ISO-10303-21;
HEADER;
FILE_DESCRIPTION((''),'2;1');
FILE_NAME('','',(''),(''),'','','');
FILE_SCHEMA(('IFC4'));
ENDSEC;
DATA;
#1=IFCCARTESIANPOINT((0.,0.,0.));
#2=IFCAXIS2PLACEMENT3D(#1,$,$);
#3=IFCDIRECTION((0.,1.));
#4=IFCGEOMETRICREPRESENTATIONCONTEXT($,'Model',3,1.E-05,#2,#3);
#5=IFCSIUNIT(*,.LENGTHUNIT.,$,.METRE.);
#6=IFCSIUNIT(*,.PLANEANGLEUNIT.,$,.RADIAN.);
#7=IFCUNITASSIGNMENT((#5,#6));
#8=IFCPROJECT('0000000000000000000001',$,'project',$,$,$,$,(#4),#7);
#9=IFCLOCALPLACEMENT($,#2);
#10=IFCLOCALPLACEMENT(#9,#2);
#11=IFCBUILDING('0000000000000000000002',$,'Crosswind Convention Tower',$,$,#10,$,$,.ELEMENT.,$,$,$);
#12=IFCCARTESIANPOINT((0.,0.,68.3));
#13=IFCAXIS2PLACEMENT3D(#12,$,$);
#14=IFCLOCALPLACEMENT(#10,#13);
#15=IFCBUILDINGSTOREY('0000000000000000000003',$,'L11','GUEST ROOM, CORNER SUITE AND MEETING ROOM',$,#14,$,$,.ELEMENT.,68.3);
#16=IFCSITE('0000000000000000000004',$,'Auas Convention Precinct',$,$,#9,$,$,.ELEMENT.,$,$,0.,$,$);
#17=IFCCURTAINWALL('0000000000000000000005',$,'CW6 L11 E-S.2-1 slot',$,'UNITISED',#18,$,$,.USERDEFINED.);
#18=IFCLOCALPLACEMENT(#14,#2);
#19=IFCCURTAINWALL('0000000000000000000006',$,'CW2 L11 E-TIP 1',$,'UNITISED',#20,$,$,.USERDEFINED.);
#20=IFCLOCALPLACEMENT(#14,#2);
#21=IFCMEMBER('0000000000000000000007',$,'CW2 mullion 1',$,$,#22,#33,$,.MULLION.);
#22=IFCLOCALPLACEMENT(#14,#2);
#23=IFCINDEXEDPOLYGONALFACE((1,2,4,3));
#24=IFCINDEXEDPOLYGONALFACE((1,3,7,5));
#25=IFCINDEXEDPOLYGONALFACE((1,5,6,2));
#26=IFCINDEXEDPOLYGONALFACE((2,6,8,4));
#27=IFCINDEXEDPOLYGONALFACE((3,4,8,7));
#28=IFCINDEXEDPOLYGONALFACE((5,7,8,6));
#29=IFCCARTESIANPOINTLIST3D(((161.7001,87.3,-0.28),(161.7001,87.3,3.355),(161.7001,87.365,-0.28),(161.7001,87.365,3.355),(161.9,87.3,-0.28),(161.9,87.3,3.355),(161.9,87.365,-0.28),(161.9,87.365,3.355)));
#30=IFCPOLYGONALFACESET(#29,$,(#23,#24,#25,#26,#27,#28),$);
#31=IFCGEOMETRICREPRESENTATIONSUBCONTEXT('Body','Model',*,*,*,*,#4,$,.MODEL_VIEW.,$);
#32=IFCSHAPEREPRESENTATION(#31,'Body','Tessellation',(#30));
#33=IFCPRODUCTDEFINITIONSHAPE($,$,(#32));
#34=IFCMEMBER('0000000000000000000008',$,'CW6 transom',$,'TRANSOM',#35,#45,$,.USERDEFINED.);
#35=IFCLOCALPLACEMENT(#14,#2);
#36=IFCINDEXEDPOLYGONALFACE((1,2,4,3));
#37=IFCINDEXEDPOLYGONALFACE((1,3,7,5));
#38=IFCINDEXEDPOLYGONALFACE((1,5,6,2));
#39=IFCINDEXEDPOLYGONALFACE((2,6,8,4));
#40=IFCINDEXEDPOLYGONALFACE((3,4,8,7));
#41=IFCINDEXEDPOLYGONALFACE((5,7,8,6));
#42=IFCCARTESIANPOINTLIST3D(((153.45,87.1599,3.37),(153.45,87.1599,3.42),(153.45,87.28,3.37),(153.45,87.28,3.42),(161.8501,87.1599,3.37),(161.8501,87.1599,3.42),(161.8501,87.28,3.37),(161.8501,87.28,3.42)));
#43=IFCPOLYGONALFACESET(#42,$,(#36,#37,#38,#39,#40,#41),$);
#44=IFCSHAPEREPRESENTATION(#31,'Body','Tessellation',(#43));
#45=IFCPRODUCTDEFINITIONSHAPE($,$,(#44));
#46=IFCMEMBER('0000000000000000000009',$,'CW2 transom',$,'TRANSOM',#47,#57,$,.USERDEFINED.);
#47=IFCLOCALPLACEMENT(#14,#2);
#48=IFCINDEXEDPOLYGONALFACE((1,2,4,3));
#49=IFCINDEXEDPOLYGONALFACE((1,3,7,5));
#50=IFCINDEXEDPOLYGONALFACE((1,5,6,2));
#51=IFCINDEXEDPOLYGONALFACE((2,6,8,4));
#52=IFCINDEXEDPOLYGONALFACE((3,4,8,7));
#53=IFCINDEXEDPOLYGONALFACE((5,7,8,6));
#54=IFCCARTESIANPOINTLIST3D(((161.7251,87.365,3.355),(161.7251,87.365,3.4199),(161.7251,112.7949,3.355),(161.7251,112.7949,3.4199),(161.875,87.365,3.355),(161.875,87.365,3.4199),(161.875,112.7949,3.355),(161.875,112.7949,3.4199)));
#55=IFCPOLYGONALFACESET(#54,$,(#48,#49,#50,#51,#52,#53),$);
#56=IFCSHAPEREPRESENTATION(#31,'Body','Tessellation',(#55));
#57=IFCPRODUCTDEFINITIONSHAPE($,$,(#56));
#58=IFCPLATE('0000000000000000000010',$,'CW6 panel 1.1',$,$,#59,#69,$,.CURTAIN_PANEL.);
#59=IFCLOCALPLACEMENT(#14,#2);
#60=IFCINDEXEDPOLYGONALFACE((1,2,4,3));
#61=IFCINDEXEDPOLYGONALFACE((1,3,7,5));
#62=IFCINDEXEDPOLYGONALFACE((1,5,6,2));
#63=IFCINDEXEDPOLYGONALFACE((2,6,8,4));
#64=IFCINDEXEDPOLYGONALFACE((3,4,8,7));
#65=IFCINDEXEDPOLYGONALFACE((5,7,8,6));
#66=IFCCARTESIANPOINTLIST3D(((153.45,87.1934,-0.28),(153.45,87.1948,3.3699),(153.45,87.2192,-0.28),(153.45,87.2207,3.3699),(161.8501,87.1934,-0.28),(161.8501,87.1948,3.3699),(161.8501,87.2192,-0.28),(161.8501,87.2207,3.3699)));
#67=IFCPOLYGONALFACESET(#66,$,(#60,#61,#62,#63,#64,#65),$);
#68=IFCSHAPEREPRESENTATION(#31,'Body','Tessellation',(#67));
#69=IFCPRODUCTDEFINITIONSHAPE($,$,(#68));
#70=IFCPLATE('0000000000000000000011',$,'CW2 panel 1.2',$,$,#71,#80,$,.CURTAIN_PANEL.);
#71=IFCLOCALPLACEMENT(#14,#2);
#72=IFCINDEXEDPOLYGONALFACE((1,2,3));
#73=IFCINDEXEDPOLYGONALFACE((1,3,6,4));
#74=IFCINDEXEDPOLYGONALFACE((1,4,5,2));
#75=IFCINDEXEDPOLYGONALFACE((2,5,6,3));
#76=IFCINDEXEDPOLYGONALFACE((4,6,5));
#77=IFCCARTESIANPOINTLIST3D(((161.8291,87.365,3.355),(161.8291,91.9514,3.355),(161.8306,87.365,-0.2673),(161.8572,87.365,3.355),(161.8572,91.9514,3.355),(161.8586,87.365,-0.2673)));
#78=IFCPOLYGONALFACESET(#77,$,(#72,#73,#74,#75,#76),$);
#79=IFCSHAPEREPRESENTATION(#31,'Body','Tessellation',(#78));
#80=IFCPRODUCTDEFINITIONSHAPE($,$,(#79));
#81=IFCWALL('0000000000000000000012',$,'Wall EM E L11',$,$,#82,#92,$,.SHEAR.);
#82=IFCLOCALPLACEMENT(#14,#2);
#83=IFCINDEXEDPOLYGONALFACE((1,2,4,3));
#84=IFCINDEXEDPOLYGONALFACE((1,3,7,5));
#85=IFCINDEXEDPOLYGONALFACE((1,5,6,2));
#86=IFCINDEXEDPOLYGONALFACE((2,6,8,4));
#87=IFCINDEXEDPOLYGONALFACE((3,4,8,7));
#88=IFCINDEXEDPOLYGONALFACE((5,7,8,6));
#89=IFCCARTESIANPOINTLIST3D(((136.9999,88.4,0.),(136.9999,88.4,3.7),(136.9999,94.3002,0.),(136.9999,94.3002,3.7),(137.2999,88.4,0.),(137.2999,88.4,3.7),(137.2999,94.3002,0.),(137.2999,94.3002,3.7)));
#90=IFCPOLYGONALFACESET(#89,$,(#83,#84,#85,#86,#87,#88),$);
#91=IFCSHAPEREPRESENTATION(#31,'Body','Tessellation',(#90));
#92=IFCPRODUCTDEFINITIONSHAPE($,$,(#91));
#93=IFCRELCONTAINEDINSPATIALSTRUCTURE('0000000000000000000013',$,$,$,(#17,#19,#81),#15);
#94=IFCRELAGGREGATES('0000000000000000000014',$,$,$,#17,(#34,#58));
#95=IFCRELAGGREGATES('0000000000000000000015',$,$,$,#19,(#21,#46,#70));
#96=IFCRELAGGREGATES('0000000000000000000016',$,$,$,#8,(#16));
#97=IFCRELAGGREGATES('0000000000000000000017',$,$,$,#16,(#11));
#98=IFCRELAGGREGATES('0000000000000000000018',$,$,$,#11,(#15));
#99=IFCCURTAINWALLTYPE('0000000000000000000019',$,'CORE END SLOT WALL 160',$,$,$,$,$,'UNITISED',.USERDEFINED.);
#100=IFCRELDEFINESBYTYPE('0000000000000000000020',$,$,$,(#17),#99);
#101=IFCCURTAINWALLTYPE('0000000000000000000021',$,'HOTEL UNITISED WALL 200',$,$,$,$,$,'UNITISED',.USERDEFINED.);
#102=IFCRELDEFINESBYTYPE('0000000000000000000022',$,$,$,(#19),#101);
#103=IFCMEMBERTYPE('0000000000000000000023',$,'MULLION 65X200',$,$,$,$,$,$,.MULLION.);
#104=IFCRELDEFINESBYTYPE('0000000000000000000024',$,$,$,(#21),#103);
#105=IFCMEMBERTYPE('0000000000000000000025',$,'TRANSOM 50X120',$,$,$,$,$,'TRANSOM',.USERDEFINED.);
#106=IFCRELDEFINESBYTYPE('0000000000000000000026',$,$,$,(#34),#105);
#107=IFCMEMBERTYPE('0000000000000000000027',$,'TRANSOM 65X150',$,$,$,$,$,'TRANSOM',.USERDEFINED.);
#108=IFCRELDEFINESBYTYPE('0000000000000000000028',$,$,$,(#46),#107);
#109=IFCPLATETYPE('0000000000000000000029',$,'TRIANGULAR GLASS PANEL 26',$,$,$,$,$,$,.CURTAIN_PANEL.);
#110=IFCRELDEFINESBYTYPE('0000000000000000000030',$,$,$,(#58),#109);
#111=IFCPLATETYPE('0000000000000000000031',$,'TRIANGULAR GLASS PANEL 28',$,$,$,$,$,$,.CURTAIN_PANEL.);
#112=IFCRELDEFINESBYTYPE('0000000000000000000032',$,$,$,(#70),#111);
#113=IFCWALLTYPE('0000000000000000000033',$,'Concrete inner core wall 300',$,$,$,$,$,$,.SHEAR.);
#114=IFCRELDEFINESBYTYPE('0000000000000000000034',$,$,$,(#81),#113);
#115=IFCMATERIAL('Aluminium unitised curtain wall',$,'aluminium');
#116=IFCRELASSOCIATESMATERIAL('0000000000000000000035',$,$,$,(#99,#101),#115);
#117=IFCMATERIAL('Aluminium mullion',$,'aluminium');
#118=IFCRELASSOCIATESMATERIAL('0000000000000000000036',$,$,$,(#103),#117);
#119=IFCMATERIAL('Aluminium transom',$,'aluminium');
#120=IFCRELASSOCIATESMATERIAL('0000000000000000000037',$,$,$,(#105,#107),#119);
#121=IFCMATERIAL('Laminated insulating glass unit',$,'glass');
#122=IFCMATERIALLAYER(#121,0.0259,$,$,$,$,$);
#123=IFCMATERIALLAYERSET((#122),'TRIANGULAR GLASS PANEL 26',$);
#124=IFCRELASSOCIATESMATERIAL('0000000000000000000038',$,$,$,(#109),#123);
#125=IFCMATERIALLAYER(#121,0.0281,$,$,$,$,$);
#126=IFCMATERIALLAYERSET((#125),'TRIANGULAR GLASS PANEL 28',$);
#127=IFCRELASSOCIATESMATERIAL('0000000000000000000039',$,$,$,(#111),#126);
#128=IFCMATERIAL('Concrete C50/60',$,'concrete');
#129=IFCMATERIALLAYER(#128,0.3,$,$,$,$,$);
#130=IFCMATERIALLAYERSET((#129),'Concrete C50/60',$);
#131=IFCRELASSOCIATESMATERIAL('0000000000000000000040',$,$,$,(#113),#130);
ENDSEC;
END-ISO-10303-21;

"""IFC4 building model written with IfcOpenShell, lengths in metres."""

from ifc_helpers import new_model, si_unit, direction, frame, frame_2d, origin, origin_2d, place, context, subcontext, project, spatial, polyline, rectangle, outline, extrude, material, layer, layer_set, material_profile, profile_set, type_object, element, aggregate, save


model = new_model("IFC4")

# Units and contexts
model_context = context("Model", 3, precision=1e-05, world=origin(), true_north=direction((0.0, 1.0)))
body_context = subcontext(model_context, "Body", "Model", "MODEL_VIEW")
ifc_project = project(units=[si_unit("LENGTHUNIT", "METRE"), si_unit("PLANEANGLEUNIT", "RADIAN")], contexts=[model_context])

# Site, building, storey
site_placement = place(None, origin())
site = spatial("IfcSite", under=ifc_project, at=site_placement, Name="Auas Convention Precinct", CompositionType="ELEMENT", RefElevation=0.0)
building_placement = place(site_placement, origin())
building = spatial("IfcBuilding", under=site, at=building_placement, Name="Crosswind Convention Tower", CompositionType="ELEMENT")
storey_placement = place(building_placement, frame((0.0, 0.0, 68.3)))
storey = spatial("IfcBuildingStorey", under=building, at=storey_placement, Name="L11", Description="GUEST ROOM, CORNER SUITE AND MEETING ROOM", CompositionType="ELEMENT", Elevation=68.3)

# Curtain wall
ifc_material_1 = material(Name="Aluminium unitised curtain wall", Category="aluminium")
curtain_wall_type_1 = type_object("IfcCurtainWallType", Name="CORE END SLOT WALL 160", ElementType="UNITISED", PredefinedType="USERDEFINED", material=ifc_material_1)
curtain_wall_1_placement = place(storey_placement, origin())
curtain_wall_1 = element("IfcCurtainWall", 1, at=curtain_wall_1_placement, inside=storey, type_object=curtain_wall_type_1, Name="CW6 L11 E-S.2-1 slot", ObjectType="UNITISED", PredefinedType="USERDEFINED")
ifc_material_2 = material(Name="Aluminium mullion", Category="aluminium")

# Curtain wall, member
curtain_wall_type_2 = type_object("IfcCurtainWallType", Name="HOTEL UNITISED WALL 200", ElementType="UNITISED", PredefinedType="USERDEFINED", material=ifc_material_1)
curtain_wall_2_placement = place(storey_placement, origin())
curtain_wall_2 = element("IfcCurtainWall", 2, at=curtain_wall_2_placement, inside=storey, type_object=curtain_wall_type_2, Name="CW2 L11 E-TIP 1", ObjectType="UNITISED", PredefinedType="USERDEFINED")
ifc_material_profile_1 = material_profile(ifc_material_2, rectangle(XDim=0.2, YDim=0.0649, at=origin_2d()), Name="AL 200X65")
ifc_profile_set_1 = profile_set([ifc_material_profile_1], Name="Aluminium mullion")
member_type_1 = type_object("IfcMemberType", Name="MULLION 65X200", PredefinedType="MULLION", material=ifc_profile_set_1)
member_1_placement = place(storey_placement, frame((161.8, 87.3325, -0.28), z_axis=(0.0, 0.0, 1.0), x_axis=(1.0, 0.0, 0.0)))
member_1 = element("IfcMember", 3, at=member_1_placement, type_object=member_type_1, Name="CW2 mullion 1", PredefinedType="MULLION", context=body_context, shape_type="SweptSolid", body=[
    extrude(rectangle(XDim=0.2, YDim=0.0649, at=origin_2d()), origin(), (0.0, 0.0, 1.0), 3.635),
])

# Members
ifc_material_3 = material(Name="Aluminium transom", Category="aluminium")
ifc_material_profile_2 = material_profile(ifc_material_3, rectangle(XDim=0.1201, YDim=0.05, at=origin_2d()), Name="AL 120X50")
ifc_profile_set_2 = profile_set([ifc_material_profile_2], Name="Aluminium transom")
member_type_2 = type_object("IfcMemberType", Name="TRANSOM 50X120", ElementType="TRANSOM", PredefinedType="USERDEFINED", material=ifc_profile_set_2)
member_2_placement = place(storey_placement, frame((153.45, 87.22, 3.395), z_axis=(1.0, 0.0, 0.0), x_axis=(0.0, 1.0, 0.0)))
member_2 = element("IfcMember", 4, at=member_2_placement, type_object=member_type_2, Name="CW6 transom", ObjectType="TRANSOM", PredefinedType="USERDEFINED", context=body_context, shape_type="SweptSolid", body=[
    extrude(rectangle(XDim=0.1201, YDim=0.05, at=origin_2d()), origin(), (0.0, 0.0, 1.0), 8.4001),
])
ifc_material_profile_3 = material_profile(ifc_material_3, rectangle(XDim=0.1499, YDim=0.0649, at=origin_2d()), Name="AL 150X65")
ifc_profile_set_3 = profile_set([ifc_material_profile_3], Name="Aluminium transom")
member_type_3 = type_object("IfcMemberType", Name="TRANSOM 65X150", ElementType="TRANSOM", PredefinedType="USERDEFINED", material=ifc_profile_set_3)
member_3_placement = place(storey_placement, frame((161.8, 87.365, 3.3875), z_axis=(0.0, 1.0, 0.0), x_axis=(-1.0, 0.0, 0.0)))
member_3 = element("IfcMember", 5, at=member_3_placement, type_object=member_type_3, Name="CW2 transom", ObjectType="TRANSOM", PredefinedType="USERDEFINED", context=body_context, shape_type="SweptSolid", body=[
    extrude(rectangle(XDim=0.1499, YDim=0.0649, at=origin_2d()), origin(), (0.0, 0.0, 1.0), 25.4299),
])

# Plates
ifc_material_4 = material(Name="Laminated insulating glass unit", Category="glass")
ifc_layer_1 = layer(ifc_material_4, 0.0259)
ifc_layer_set_1 = layer_set([ifc_layer_1], Name="TRIANGULAR GLASS PANEL 26")
plate_type_1 = type_object("IfcPlateType", Name="TRIANGULAR GLASS PANEL 26", PredefinedType="CURTAIN_PANEL", material=ifc_layer_set_1)
plate_1_placement = place(storey_placement, frame((153.45, 87.1934, -0.28), z_axis=(0.0, -1.0, 0.000401), x_axis=(1.0, 0.0, 0.0)))
plate_1 = element("IfcPlate", 6, at=plate_1_placement, type_object=plate_type_1, Name="CW6 panel 1.1", PredefinedType="CURTAIN_PANEL", context=body_context, shape_type="SweptSolid", body=[
    extrude(outline(polyline([(0.0, 0.0), (8.4001, 0.0), (8.4001, 3.6499), (0.0, 3.6499), (0.0, 0.0)])), origin(), (0.0, 0.0, -1.0), 0.0259),
])
aggregate(curtain_wall_1, [member_2, plate_1])
ifc_layer_2 = layer(ifc_material_4, 0.0281)
ifc_layer_set_2 = layer_set([ifc_layer_2], Name="TRIANGULAR GLASS PANEL 28")
plate_type_2 = type_object("IfcPlateType", Name="TRIANGULAR GLASS PANEL 28", PredefinedType="CURTAIN_PANEL", material=ifc_layer_set_2)
plate_2_placement = place(storey_placement, frame((161.8572, 87.365, 3.355), z_axis=(1.0, 0.0, 0.000404), x_axis=(0.000404, 0.0, -1.0)))
plate_2 = element("IfcPlate", 7, at=plate_2_placement, type_object=plate_type_2, Name="CW2 panel 1.2", PredefinedType="CURTAIN_PANEL", context=body_context, shape_type="SweptSolid", body=[
    extrude(outline(polyline([(0.0, 0.0), (3.6223, 0.0), (0.0, 4.5864), (0.0, 0.0)])), origin(), (0.0, 0.0, -1.0), 0.0281),
])

# Wall
ifc_material_5 = material(Name="Concrete C50/60", Category="concrete")
ifc_layer_3 = layer(ifc_material_5, 0.3)
ifc_layer_set_3 = layer_set([ifc_layer_3], Name="Concrete C50/60")
wall_type_1 = type_object("IfcWallType", Name="Concrete inner core wall 300", PredefinedType="SHEAR", material=ifc_layer_set_3)
wall_1_placement = place(storey_placement, frame((137.1499, 88.3999, 0.0), z_axis=(0.0, 0.0, 1.0), x_axis=(0.0, 1.0, 0.0)))
element("IfcWall", 8, at=wall_1_placement, inside=storey, type_object=wall_type_1, Name="Wall EM E L11", PredefinedType="SHEAR", context=body_context, shape_type="SweptSolid", body=[
    extrude(rectangle(XDim=5.9001, YDim=0.3, at=frame_2d((2.9502, 0.0))), origin(), (0.0, 0.0, 1.0), 3.7),
])

aggregate(curtain_wall_2, [member_1, member_3, plate_2])

save(model, "model.ifc")
